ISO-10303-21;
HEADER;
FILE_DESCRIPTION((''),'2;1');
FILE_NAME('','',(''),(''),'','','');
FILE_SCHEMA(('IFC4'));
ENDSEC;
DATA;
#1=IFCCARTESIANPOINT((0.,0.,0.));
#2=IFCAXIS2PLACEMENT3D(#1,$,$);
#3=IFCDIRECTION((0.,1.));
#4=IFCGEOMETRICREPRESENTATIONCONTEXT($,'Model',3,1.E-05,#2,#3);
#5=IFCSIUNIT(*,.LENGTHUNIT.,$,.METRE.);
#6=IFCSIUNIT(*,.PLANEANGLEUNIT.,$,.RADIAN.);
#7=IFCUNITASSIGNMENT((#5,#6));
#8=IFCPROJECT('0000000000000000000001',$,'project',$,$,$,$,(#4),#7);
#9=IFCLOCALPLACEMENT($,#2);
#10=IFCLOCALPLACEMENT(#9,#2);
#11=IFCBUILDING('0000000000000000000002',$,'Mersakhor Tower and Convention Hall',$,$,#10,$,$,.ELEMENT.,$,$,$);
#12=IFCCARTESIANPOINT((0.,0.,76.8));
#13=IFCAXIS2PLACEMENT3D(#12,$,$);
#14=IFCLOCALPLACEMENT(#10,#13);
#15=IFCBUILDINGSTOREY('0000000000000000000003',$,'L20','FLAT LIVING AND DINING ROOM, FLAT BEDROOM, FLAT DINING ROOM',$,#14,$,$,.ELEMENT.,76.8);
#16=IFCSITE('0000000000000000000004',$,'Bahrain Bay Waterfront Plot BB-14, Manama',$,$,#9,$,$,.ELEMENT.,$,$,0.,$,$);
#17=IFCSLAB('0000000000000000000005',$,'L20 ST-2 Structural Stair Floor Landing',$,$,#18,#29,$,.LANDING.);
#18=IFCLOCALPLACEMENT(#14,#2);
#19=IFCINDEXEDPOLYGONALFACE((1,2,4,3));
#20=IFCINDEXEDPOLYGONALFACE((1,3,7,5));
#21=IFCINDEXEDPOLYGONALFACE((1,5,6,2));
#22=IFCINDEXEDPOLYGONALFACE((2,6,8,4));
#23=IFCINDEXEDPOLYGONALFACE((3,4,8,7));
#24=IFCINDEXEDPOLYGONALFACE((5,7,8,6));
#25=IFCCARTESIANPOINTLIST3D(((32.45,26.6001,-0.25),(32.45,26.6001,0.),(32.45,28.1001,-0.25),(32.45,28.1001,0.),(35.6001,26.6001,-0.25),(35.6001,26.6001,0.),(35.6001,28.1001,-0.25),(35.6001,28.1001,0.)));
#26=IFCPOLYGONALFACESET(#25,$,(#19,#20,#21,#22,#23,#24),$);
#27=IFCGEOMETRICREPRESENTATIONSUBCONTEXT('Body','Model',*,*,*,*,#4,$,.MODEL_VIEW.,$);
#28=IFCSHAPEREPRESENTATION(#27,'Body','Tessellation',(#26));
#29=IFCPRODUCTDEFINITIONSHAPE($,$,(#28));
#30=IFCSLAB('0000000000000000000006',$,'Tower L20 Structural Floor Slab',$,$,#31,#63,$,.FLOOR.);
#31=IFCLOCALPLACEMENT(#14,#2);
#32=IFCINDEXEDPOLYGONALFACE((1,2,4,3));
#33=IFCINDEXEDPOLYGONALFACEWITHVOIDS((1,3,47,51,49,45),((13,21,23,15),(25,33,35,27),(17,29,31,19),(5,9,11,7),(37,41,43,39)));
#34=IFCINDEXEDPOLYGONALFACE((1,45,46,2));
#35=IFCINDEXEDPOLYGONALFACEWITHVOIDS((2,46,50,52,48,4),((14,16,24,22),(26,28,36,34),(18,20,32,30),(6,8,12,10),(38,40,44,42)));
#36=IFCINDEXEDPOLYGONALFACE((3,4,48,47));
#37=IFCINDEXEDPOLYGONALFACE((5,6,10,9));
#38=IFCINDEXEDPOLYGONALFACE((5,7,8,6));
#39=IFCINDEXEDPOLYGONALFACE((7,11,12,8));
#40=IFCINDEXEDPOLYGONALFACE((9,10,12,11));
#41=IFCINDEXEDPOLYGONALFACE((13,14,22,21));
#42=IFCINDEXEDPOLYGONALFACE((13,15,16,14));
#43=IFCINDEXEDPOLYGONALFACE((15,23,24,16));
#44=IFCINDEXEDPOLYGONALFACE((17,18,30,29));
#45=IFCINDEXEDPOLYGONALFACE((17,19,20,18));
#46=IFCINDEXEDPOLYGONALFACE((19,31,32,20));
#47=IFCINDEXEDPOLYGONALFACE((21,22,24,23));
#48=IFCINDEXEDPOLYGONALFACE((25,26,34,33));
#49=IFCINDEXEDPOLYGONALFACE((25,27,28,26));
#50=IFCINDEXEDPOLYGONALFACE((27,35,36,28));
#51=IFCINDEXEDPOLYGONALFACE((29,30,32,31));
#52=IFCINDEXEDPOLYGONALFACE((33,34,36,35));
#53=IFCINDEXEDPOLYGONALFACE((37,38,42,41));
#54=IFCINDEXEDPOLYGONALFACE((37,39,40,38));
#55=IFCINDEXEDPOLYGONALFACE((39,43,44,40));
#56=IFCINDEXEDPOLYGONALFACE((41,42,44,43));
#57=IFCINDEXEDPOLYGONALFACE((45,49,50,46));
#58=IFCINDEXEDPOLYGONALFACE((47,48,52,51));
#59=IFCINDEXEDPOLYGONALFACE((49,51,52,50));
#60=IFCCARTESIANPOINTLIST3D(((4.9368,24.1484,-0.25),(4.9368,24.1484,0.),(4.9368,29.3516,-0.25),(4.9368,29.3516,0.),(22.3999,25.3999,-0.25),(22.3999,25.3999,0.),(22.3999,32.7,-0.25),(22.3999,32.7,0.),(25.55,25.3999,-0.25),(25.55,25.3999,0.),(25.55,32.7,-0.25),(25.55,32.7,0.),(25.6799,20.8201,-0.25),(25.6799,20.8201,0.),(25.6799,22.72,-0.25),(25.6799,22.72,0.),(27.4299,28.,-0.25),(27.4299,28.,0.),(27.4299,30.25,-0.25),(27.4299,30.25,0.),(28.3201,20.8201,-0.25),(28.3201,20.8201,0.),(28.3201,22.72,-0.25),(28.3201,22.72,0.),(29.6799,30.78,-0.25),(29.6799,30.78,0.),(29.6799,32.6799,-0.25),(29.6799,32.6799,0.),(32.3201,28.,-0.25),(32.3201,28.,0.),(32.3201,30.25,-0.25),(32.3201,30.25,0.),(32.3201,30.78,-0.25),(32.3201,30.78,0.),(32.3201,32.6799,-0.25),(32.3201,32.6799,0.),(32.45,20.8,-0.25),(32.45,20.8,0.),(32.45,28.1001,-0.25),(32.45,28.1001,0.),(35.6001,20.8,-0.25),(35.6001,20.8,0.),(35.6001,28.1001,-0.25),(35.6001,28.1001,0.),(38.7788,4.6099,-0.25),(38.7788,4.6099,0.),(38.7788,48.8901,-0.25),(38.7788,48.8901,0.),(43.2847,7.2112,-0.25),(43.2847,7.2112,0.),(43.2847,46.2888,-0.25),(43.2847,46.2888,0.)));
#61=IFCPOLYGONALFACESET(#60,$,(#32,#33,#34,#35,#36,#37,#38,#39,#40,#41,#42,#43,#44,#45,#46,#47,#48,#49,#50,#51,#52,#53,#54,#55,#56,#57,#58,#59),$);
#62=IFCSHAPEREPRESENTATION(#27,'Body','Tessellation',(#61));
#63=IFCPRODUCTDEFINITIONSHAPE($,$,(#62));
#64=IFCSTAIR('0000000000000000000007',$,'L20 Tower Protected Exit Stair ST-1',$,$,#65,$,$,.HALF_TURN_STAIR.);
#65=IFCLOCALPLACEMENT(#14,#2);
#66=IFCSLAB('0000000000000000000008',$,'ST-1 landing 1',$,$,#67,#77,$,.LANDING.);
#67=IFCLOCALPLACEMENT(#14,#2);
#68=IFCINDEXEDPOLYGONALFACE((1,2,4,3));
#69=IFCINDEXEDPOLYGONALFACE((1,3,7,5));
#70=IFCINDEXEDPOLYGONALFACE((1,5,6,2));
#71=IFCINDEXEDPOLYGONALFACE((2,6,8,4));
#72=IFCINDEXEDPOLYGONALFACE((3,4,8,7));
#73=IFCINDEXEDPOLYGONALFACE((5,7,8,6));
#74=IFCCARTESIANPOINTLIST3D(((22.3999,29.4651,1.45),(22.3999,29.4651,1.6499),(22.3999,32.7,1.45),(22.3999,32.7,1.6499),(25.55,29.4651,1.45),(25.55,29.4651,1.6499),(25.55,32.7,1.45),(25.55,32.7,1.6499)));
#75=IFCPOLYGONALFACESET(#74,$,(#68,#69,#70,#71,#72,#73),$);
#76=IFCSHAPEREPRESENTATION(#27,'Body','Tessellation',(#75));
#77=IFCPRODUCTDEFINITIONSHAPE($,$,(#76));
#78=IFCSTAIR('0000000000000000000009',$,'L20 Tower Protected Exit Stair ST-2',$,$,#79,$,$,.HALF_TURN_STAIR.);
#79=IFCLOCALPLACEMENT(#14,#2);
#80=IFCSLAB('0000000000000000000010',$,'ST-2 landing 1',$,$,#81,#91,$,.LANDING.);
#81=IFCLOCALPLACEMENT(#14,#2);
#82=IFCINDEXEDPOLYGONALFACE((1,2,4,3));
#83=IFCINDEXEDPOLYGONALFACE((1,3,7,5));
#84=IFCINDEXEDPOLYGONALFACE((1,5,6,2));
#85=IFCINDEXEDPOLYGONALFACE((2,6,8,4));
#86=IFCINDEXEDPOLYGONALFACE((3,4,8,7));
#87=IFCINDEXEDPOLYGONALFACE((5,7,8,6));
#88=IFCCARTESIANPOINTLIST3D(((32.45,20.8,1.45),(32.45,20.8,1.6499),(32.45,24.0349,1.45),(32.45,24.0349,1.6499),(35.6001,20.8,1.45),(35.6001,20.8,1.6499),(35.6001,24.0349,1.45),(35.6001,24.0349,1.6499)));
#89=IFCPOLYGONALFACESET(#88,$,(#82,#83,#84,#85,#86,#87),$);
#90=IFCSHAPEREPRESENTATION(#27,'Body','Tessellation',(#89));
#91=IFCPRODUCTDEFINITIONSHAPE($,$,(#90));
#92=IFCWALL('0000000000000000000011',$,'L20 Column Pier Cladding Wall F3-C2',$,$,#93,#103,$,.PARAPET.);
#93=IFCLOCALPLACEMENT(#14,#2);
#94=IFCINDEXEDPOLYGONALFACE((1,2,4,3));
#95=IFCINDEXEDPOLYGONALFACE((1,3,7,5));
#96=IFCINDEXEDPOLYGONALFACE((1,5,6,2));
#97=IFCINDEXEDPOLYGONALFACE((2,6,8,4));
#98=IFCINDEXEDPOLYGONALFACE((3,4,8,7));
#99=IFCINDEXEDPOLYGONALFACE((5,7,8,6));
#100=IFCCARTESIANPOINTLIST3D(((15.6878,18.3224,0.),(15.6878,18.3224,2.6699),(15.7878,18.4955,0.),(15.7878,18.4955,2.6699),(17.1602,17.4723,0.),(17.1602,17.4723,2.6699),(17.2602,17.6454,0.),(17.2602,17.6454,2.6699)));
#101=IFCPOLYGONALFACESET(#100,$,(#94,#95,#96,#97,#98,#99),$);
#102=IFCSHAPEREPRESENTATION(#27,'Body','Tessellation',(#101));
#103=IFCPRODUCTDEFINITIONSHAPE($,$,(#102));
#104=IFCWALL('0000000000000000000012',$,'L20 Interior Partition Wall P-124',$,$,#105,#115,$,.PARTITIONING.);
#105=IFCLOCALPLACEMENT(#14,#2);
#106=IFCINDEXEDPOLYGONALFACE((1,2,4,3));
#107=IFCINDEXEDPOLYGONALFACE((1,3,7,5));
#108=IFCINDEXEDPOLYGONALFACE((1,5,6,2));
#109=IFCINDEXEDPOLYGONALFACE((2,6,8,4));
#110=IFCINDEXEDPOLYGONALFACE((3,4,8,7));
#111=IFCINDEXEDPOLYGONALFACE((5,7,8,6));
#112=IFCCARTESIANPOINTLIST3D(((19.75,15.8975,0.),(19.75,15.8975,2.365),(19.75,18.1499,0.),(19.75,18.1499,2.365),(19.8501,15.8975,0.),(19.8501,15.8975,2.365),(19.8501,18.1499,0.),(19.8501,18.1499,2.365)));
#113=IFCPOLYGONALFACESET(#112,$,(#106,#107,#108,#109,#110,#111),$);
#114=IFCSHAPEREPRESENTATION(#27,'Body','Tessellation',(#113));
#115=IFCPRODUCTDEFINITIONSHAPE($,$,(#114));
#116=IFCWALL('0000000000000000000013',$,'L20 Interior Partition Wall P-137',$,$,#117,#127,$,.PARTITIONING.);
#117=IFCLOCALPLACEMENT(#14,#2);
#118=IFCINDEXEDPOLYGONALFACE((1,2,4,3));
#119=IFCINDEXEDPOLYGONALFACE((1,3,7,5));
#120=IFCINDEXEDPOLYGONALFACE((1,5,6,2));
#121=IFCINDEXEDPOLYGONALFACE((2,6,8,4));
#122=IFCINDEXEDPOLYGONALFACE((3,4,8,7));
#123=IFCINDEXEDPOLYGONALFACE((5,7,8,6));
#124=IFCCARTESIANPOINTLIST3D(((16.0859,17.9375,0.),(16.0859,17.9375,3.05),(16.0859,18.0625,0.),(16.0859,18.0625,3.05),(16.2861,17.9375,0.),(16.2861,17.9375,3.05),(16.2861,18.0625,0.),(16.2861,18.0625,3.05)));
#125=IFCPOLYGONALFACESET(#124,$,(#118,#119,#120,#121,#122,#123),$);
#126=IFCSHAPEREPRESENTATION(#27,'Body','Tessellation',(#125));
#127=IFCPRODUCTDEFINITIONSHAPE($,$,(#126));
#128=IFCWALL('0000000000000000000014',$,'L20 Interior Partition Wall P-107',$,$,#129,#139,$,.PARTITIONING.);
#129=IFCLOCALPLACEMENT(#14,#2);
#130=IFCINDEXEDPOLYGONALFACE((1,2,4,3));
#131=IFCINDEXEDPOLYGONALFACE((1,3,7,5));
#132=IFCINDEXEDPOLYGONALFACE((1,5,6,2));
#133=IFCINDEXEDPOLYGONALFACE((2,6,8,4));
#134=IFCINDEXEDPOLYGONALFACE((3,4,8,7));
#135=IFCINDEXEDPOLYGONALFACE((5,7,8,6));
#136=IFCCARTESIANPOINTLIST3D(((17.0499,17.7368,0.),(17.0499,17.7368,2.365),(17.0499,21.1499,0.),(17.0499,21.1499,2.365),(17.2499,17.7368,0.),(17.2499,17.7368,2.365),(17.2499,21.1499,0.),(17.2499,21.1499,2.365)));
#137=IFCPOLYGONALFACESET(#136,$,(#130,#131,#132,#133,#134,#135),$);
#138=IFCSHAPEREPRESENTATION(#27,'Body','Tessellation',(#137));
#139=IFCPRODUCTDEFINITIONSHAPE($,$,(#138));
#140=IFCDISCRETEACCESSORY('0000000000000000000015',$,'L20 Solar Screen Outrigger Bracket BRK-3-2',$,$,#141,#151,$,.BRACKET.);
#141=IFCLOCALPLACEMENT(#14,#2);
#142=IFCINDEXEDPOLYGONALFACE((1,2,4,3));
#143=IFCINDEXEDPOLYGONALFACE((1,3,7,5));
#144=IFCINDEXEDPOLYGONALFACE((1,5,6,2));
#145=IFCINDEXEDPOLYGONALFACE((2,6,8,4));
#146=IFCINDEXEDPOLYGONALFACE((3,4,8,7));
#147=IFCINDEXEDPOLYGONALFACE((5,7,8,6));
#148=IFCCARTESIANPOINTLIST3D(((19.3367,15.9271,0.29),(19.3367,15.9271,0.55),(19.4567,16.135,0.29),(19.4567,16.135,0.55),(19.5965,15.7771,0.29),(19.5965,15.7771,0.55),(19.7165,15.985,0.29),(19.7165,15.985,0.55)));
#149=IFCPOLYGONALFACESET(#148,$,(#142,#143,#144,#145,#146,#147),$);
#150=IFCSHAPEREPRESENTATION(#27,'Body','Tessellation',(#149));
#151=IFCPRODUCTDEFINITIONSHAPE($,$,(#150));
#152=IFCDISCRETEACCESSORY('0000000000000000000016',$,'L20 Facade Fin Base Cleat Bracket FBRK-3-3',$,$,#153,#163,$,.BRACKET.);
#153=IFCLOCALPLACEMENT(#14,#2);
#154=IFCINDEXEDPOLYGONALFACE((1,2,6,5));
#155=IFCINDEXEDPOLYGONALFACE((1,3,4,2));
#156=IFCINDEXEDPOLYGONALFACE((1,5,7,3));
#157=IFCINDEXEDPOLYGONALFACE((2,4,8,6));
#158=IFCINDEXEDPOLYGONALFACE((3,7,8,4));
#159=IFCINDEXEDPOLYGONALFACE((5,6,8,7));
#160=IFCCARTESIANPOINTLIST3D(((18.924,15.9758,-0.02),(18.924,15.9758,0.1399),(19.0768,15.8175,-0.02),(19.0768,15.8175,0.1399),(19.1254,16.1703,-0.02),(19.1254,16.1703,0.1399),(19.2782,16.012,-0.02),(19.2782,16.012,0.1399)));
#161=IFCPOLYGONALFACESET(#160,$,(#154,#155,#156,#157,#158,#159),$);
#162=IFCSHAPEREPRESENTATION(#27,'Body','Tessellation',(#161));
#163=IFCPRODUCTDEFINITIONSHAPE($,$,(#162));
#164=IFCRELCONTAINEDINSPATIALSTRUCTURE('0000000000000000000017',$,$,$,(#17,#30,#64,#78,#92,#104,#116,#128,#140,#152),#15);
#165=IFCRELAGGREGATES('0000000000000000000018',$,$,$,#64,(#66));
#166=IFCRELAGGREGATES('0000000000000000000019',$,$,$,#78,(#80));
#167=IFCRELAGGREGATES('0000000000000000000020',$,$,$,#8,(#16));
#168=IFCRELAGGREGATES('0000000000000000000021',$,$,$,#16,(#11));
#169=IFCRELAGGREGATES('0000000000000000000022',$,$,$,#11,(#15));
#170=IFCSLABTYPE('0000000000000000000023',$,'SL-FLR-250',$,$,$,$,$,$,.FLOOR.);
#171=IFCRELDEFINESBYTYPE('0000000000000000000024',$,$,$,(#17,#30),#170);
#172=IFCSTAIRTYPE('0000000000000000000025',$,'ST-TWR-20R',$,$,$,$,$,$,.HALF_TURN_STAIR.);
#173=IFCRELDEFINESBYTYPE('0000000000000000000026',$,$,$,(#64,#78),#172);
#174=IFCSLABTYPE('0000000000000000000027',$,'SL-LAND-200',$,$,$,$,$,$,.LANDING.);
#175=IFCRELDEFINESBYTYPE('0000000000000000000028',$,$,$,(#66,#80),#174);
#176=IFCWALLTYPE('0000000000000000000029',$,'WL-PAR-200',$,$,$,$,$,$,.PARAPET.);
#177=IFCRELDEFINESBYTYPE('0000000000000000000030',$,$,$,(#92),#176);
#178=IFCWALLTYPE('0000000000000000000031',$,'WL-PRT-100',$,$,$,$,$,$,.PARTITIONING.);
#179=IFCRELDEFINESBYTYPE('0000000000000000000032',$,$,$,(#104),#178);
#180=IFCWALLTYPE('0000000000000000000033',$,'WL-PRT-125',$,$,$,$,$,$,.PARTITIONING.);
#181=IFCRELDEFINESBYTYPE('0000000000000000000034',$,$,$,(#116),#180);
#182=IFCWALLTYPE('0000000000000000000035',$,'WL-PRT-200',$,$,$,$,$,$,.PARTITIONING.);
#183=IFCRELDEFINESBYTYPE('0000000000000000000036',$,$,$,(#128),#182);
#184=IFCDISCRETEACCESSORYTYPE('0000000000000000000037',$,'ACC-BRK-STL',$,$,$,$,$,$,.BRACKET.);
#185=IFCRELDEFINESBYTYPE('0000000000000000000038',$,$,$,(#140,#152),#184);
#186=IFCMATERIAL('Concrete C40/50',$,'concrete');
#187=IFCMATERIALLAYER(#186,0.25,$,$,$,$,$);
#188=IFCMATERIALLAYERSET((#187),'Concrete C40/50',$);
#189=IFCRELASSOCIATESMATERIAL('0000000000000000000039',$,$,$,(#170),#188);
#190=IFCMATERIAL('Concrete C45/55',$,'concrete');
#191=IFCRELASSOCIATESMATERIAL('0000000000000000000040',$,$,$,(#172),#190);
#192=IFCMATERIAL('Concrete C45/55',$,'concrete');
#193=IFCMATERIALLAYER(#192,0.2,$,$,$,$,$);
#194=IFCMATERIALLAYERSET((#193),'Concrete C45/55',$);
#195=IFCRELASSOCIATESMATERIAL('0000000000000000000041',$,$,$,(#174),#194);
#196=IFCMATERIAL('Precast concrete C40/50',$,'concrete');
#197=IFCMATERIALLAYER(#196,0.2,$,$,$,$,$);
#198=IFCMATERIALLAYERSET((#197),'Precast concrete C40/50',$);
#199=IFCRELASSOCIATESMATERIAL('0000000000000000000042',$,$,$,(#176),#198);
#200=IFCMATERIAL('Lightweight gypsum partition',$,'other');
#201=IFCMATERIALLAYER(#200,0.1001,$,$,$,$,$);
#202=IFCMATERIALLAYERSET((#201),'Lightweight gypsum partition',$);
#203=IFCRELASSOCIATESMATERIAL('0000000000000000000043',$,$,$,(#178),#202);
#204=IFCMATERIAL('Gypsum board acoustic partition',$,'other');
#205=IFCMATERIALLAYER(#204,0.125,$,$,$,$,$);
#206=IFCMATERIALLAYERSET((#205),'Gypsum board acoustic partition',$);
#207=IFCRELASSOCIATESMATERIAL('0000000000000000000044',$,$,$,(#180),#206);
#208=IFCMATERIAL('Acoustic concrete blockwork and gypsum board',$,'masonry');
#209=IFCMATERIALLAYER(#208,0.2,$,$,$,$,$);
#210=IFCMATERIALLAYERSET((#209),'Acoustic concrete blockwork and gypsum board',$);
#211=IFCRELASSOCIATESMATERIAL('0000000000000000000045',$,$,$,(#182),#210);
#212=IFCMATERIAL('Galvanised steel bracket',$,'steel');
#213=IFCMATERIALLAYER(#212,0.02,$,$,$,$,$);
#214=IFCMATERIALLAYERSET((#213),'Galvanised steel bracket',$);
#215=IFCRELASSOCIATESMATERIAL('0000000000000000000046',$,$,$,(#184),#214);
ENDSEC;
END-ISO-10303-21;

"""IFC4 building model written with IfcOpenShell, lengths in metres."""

from ifc_helpers import new_model, si_unit, direction, frame, frame_2d, origin, origin_2d, place, context, subcontext, project, spatial, polyline, rectangle, outline, extrude, material, layer, layer_set, type_object, element, aggregate, save


model = new_model("IFC4")

# Units and contexts
model_context = context("Model", 3, precision=1e-05, world=origin(), true_north=direction((0.0, 1.0)))
body_context = subcontext(model_context, "Body", "Model", "MODEL_VIEW")
ifc_project = project(units=[si_unit("LENGTHUNIT", "METRE"), si_unit("PLANEANGLEUNIT", "RADIAN")], contexts=[model_context])

# Site, building, storey
site_placement = place(None, origin())
site = spatial("IfcSite", under=ifc_project, at=site_placement, Name="Bahrain Bay Waterfront Plot BB-14, Manama", CompositionType="ELEMENT", RefElevation=0.0)
building_placement = place(site_placement, origin())
building = spatial("IfcBuilding", under=site, at=building_placement, Name="Mersakhor Tower and Convention Hall", CompositionType="ELEMENT")
storey_placement = place(building_placement, frame((0.0, 0.0, 76.8)))
storey = spatial("IfcBuildingStorey", under=building, at=storey_placement, Name="L20", Description="FLAT LIVING AND DINING ROOM, FLAT BEDROOM, FLAT DINING ROOM", CompositionType="ELEMENT", Elevation=76.8)

# Slabs
ifc_material_1 = material(Name="Concrete C40/50", Category="concrete")
ifc_layer_1 = layer(ifc_material_1, 0.25)
ifc_layer_set_1 = layer_set([ifc_layer_1], Name="Concrete C40/50")
slab_type_1 = type_object("IfcSlabType", Name="SL-FLR-250", PredefinedType="FLOOR", material=ifc_layer_set_1)
slab_1_placement = place(storey_placement, frame((0.0, 0.0, -0.25)))
element("IfcSlab", 1, at=slab_1_placement, inside=storey, type_object=slab_type_1, Name="L20 ST-2 Structural Stair Floor Landing", PredefinedType="LANDING", context=body_context, shape_type="SweptSolid", body=[
    extrude(outline(polyline([(32.45, 28.1001), (32.45, 26.6001), (35.6001, 26.6001), (35.6001, 28.1001), (32.45, 28.1001)])), origin(), (0.0, 0.0, 1.0), 0.25),
])
slab_2_placement = place(storey_placement, frame((0.0, 0.0, -0.25)))
element("IfcSlab", 2, at=slab_2_placement, inside=storey, type_object=slab_type_1, Name="Tower L20 Structural Floor Slab", PredefinedType="FLOOR", context=body_context, shape_type="SweptSolid", body=[
    extrude(outline(polyline([(4.9368, 29.3516), (38.7788, 48.8901), (43.2847, 46.2888), (43.2847, 7.2112), (38.7788, 4.6099), (4.9368, 24.1484), (4.9368, 29.3516)]), holes=[polyline([(25.55, 25.3999), (25.55, 32.7), (22.3999, 32.7), (22.3999, 25.3999), (25.55, 25.3999)]), polyline([(32.45, 28.1001), (32.45, 20.8), (35.6001, 20.8), (35.6001, 28.1001), (32.45, 28.1001)]), polyline([(25.6799, 20.8201), (25.6799, 22.72), (28.3201, 22.72), (28.3201, 20.8201), (25.6799, 20.8201)]), polyline([(29.6799, 30.78), (29.6799, 32.6799), (32.3201, 32.6799), (32.3201, 30.78), (29.6799, 30.78)]), polyline([(27.4299, 28.0), (27.4299, 30.25), (32.3201, 30.25), (32.3201, 28.0), (27.4299, 28.0)])]), origin(), (0.0, 0.0, 1.0), 0.25),
])

# Stairs, slabs
ifc_material_2 = material(Name="Concrete C45/55", Category="concrete")
stair_type = type_object("IfcStairType", Name="ST-TWR-20R", PredefinedType="HALF_TURN_STAIR", material=ifc_material_2)
stair_1_placement = place(storey_placement, origin())
stair_1 = element("IfcStair", 3, at=stair_1_placement, inside=storey, type_object=stair_type, Name="L20 Tower Protected Exit Stair ST-1", PredefinedType="HALF_TURN_STAIR")
ifc_material_3 = material(Name="Concrete C45/55", Category="concrete")
ifc_layer_2 = layer(ifc_material_3, 0.2)
ifc_layer_set_2 = layer_set([ifc_layer_2], Name="Concrete C45/55")
slab_type_2 = type_object("IfcSlabType", Name="SL-LAND-200", PredefinedType="LANDING", material=ifc_layer_set_2)
slab_3_placement = place(storey_placement, frame((0.0, 0.0, 1.45)))
slab_3 = element("IfcSlab", 4, at=slab_3_placement, type_object=slab_type_2, Name="ST-1 landing 1", PredefinedType="LANDING", context=body_context, shape_type="SweptSolid", body=[
    extrude(outline(polyline([(25.55, 29.4651), (25.55, 32.7), (22.3999, 32.7), (22.3999, 29.4651), (25.55, 29.4651)])), origin(), (0.0, 0.0, 1.0), 0.2),
])
aggregate(stair_1, [slab_3])
stair_2_placement = place(storey_placement, origin())
stair_2 = element("IfcStair", 5, at=stair_2_placement, inside=storey, type_object=stair_type, Name="L20 Tower Protected Exit Stair ST-2", PredefinedType="HALF_TURN_STAIR")
slab_4_placement = place(storey_placement, frame((0.0, 0.0, 1.45)))
slab_4 = element("IfcSlab", 6, at=slab_4_placement, type_object=slab_type_2, Name="ST-2 landing 1", PredefinedType="LANDING", context=body_context, shape_type="SweptSolid", body=[
    extrude(outline(polyline([(32.45, 24.0349), (32.45, 20.8), (35.6001, 20.8), (35.6001, 24.0349), (32.45, 24.0349)])), origin(), (0.0, 0.0, 1.0), 0.2),
])
aggregate(stair_2, [slab_4])

# Walls
ifc_material_4 = material(Name="Precast concrete C40/50", Category="concrete")
ifc_layer_3 = layer(ifc_material_4, 0.2)
ifc_layer_set_3 = layer_set([ifc_layer_3], Name="Precast concrete C40/50")
wall_type_1 = type_object("IfcWallType", Name="WL-PAR-200", PredefinedType="PARAPET", material=ifc_layer_set_3)
wall_1_placement = place(storey_placement, frame((17.2102, 17.5588, 0.0), z_axis=(0.0, 0.0, 1.0), x_axis=(-0.866025, 0.5, 0.0)))
element("IfcWall", 7, at=wall_1_placement, inside=storey, type_object=wall_type_1, Name="L20 Column Pier Cladding Wall F3-C2", PredefinedType="PARAPET", context=body_context, shape_type="SweptSolid", body=[
    extrude(rectangle(XDim=1.7002, YDim=0.2, at=frame_2d((0.8501, 0.0))), origin(), (0.0, 0.0, 1.0), 2.6699),
])
ifc_material_5 = material(Name="Lightweight gypsum partition", Category="other")
ifc_layer_4 = layer(ifc_material_5, 0.1001)
ifc_layer_set_4 = layer_set([ifc_layer_4], Name="Lightweight gypsum partition")
wall_type_2 = type_object("IfcWallType", Name="WL-PRT-100", PredefinedType="PARTITIONING", material=ifc_layer_set_4)
wall_2_placement = place(storey_placement, frame((19.8, 15.8975, 0.0), z_axis=(0.0, 0.0, 1.0), x_axis=(0.0, 1.0, 0.0)))
element("IfcWall", 8, at=wall_2_placement, inside=storey, type_object=wall_type_2, Name="L20 Interior Partition Wall P-124", PredefinedType="PARTITIONING", context=body_context, shape_type="SweptSolid", body=[
    extrude(rectangle(XDim=2.2524, YDim=0.1001, at=frame_2d((1.1262, 0.0))), origin(), (0.0, 0.0, 1.0), 2.365),
])
ifc_material_6 = material(Name="Gypsum board acoustic partition", Category="other")
ifc_layer_5 = layer(ifc_material_6, 0.125)
ifc_layer_set_5 = layer_set([ifc_layer_5], Name="Gypsum board acoustic partition")
wall_type_3 = type_object("IfcWallType", Name="WL-PRT-125", PredefinedType="PARTITIONING", material=ifc_layer_set_5)
wall_3_placement = place(storey_placement, frame((16.2861, 18.0, 0.0), z_axis=(0.0, 0.0, 1.0), x_axis=(-1.0, 0.0, 0.0)))
element("IfcWall", 9, at=wall_3_placement, inside=storey, type_object=wall_type_3, Name="L20 Interior Partition Wall P-137", PredefinedType="PARTITIONING", context=body_context, shape_type="SweptSolid", body=[
    extrude(rectangle(XDim=0.2002, YDim=0.125, at=frame_2d((0.1001, 0.0))), origin(), (0.0, 0.0, 1.0), 3.05),
])
ifc_material_7 = material(Name="Acoustic concrete blockwork and gypsum board", Category="masonry")
ifc_layer_6 = layer(ifc_material_7, 0.2)
ifc_layer_set_6 = layer_set([ifc_layer_6], Name="Acoustic concrete blockwork and gypsum board")
wall_type_4 = type_object("IfcWallType", Name="WL-PRT-200", PredefinedType="PARTITIONING", material=ifc_layer_set_6)
wall_4_placement = place(storey_placement, frame((17.1499, 17.7368, 0.0), z_axis=(0.0, 0.0, 1.0), x_axis=(0.0, 1.0, 0.0)))
element("IfcWall", 10, at=wall_4_placement, inside=storey, type_object=wall_type_4, Name="L20 Interior Partition Wall P-107", PredefinedType="PARTITIONING", context=body_context, shape_type="SweptSolid", body=[
    extrude(rectangle(XDim=3.4131, YDim=0.2, at=frame_2d((1.7065, 0.0))), origin(), (0.0, 0.0, 1.0), 2.365),
])

# Discrete accessories
ifc_material_8 = material(Name="Galvanised steel bracket", Category="steel")
ifc_layer_7 = layer(ifc_material_8, 0.02)
ifc_layer_set_7 = layer_set([ifc_layer_7], Name="Galvanised steel bracket")
discrete_accessory_type = type_object("IfcDiscreteAccessoryType", Name="ACC-BRK-STL", PredefinedType="BRACKET", material=ifc_layer_set_7)
discrete_accessory_1_placement = place(storey_placement, frame((19.5266, 15.9561, 0.29), z_axis=(0.0, 0.0, 1.0), x_axis=(-0.866025, 0.5, 0.0)))
element("IfcDiscreteAccessory", 11, at=discrete_accessory_1_placement, inside=storey, type_object=discrete_accessory_type, Name="L20 Solar Screen Outrigger Bracket BRK-3-2", PredefinedType="BRACKET", context=body_context, shape_type="SweptSolid", body=[
    extrude(rectangle(XDim=0.3, YDim=0.24, at=origin_2d()), origin(), (0.0, 0.0, 1.0), 0.26),
])
discrete_accessory_2_placement = place(storey_placement, frame((19.1011, 15.9939, -0.02), z_axis=(0.0, 0.0, 1.0), x_axis=(-0.71934, -0.694658, 0.0)))
element("IfcDiscreteAccessory", 12, at=discrete_accessory_2_placement, inside=storey, type_object=discrete_accessory_type, Name="L20 Facade Fin Base Cleat Bracket FBRK-3-3", PredefinedType="BRACKET", context=body_context, shape_type="SweptSolid", body=[
    extrude(rectangle(XDim=0.28, YDim=0.22, at=origin_2d()), origin(), (0.0, 0.0, 1.0), 0.1599),
])

save(model, "model.ifc")
